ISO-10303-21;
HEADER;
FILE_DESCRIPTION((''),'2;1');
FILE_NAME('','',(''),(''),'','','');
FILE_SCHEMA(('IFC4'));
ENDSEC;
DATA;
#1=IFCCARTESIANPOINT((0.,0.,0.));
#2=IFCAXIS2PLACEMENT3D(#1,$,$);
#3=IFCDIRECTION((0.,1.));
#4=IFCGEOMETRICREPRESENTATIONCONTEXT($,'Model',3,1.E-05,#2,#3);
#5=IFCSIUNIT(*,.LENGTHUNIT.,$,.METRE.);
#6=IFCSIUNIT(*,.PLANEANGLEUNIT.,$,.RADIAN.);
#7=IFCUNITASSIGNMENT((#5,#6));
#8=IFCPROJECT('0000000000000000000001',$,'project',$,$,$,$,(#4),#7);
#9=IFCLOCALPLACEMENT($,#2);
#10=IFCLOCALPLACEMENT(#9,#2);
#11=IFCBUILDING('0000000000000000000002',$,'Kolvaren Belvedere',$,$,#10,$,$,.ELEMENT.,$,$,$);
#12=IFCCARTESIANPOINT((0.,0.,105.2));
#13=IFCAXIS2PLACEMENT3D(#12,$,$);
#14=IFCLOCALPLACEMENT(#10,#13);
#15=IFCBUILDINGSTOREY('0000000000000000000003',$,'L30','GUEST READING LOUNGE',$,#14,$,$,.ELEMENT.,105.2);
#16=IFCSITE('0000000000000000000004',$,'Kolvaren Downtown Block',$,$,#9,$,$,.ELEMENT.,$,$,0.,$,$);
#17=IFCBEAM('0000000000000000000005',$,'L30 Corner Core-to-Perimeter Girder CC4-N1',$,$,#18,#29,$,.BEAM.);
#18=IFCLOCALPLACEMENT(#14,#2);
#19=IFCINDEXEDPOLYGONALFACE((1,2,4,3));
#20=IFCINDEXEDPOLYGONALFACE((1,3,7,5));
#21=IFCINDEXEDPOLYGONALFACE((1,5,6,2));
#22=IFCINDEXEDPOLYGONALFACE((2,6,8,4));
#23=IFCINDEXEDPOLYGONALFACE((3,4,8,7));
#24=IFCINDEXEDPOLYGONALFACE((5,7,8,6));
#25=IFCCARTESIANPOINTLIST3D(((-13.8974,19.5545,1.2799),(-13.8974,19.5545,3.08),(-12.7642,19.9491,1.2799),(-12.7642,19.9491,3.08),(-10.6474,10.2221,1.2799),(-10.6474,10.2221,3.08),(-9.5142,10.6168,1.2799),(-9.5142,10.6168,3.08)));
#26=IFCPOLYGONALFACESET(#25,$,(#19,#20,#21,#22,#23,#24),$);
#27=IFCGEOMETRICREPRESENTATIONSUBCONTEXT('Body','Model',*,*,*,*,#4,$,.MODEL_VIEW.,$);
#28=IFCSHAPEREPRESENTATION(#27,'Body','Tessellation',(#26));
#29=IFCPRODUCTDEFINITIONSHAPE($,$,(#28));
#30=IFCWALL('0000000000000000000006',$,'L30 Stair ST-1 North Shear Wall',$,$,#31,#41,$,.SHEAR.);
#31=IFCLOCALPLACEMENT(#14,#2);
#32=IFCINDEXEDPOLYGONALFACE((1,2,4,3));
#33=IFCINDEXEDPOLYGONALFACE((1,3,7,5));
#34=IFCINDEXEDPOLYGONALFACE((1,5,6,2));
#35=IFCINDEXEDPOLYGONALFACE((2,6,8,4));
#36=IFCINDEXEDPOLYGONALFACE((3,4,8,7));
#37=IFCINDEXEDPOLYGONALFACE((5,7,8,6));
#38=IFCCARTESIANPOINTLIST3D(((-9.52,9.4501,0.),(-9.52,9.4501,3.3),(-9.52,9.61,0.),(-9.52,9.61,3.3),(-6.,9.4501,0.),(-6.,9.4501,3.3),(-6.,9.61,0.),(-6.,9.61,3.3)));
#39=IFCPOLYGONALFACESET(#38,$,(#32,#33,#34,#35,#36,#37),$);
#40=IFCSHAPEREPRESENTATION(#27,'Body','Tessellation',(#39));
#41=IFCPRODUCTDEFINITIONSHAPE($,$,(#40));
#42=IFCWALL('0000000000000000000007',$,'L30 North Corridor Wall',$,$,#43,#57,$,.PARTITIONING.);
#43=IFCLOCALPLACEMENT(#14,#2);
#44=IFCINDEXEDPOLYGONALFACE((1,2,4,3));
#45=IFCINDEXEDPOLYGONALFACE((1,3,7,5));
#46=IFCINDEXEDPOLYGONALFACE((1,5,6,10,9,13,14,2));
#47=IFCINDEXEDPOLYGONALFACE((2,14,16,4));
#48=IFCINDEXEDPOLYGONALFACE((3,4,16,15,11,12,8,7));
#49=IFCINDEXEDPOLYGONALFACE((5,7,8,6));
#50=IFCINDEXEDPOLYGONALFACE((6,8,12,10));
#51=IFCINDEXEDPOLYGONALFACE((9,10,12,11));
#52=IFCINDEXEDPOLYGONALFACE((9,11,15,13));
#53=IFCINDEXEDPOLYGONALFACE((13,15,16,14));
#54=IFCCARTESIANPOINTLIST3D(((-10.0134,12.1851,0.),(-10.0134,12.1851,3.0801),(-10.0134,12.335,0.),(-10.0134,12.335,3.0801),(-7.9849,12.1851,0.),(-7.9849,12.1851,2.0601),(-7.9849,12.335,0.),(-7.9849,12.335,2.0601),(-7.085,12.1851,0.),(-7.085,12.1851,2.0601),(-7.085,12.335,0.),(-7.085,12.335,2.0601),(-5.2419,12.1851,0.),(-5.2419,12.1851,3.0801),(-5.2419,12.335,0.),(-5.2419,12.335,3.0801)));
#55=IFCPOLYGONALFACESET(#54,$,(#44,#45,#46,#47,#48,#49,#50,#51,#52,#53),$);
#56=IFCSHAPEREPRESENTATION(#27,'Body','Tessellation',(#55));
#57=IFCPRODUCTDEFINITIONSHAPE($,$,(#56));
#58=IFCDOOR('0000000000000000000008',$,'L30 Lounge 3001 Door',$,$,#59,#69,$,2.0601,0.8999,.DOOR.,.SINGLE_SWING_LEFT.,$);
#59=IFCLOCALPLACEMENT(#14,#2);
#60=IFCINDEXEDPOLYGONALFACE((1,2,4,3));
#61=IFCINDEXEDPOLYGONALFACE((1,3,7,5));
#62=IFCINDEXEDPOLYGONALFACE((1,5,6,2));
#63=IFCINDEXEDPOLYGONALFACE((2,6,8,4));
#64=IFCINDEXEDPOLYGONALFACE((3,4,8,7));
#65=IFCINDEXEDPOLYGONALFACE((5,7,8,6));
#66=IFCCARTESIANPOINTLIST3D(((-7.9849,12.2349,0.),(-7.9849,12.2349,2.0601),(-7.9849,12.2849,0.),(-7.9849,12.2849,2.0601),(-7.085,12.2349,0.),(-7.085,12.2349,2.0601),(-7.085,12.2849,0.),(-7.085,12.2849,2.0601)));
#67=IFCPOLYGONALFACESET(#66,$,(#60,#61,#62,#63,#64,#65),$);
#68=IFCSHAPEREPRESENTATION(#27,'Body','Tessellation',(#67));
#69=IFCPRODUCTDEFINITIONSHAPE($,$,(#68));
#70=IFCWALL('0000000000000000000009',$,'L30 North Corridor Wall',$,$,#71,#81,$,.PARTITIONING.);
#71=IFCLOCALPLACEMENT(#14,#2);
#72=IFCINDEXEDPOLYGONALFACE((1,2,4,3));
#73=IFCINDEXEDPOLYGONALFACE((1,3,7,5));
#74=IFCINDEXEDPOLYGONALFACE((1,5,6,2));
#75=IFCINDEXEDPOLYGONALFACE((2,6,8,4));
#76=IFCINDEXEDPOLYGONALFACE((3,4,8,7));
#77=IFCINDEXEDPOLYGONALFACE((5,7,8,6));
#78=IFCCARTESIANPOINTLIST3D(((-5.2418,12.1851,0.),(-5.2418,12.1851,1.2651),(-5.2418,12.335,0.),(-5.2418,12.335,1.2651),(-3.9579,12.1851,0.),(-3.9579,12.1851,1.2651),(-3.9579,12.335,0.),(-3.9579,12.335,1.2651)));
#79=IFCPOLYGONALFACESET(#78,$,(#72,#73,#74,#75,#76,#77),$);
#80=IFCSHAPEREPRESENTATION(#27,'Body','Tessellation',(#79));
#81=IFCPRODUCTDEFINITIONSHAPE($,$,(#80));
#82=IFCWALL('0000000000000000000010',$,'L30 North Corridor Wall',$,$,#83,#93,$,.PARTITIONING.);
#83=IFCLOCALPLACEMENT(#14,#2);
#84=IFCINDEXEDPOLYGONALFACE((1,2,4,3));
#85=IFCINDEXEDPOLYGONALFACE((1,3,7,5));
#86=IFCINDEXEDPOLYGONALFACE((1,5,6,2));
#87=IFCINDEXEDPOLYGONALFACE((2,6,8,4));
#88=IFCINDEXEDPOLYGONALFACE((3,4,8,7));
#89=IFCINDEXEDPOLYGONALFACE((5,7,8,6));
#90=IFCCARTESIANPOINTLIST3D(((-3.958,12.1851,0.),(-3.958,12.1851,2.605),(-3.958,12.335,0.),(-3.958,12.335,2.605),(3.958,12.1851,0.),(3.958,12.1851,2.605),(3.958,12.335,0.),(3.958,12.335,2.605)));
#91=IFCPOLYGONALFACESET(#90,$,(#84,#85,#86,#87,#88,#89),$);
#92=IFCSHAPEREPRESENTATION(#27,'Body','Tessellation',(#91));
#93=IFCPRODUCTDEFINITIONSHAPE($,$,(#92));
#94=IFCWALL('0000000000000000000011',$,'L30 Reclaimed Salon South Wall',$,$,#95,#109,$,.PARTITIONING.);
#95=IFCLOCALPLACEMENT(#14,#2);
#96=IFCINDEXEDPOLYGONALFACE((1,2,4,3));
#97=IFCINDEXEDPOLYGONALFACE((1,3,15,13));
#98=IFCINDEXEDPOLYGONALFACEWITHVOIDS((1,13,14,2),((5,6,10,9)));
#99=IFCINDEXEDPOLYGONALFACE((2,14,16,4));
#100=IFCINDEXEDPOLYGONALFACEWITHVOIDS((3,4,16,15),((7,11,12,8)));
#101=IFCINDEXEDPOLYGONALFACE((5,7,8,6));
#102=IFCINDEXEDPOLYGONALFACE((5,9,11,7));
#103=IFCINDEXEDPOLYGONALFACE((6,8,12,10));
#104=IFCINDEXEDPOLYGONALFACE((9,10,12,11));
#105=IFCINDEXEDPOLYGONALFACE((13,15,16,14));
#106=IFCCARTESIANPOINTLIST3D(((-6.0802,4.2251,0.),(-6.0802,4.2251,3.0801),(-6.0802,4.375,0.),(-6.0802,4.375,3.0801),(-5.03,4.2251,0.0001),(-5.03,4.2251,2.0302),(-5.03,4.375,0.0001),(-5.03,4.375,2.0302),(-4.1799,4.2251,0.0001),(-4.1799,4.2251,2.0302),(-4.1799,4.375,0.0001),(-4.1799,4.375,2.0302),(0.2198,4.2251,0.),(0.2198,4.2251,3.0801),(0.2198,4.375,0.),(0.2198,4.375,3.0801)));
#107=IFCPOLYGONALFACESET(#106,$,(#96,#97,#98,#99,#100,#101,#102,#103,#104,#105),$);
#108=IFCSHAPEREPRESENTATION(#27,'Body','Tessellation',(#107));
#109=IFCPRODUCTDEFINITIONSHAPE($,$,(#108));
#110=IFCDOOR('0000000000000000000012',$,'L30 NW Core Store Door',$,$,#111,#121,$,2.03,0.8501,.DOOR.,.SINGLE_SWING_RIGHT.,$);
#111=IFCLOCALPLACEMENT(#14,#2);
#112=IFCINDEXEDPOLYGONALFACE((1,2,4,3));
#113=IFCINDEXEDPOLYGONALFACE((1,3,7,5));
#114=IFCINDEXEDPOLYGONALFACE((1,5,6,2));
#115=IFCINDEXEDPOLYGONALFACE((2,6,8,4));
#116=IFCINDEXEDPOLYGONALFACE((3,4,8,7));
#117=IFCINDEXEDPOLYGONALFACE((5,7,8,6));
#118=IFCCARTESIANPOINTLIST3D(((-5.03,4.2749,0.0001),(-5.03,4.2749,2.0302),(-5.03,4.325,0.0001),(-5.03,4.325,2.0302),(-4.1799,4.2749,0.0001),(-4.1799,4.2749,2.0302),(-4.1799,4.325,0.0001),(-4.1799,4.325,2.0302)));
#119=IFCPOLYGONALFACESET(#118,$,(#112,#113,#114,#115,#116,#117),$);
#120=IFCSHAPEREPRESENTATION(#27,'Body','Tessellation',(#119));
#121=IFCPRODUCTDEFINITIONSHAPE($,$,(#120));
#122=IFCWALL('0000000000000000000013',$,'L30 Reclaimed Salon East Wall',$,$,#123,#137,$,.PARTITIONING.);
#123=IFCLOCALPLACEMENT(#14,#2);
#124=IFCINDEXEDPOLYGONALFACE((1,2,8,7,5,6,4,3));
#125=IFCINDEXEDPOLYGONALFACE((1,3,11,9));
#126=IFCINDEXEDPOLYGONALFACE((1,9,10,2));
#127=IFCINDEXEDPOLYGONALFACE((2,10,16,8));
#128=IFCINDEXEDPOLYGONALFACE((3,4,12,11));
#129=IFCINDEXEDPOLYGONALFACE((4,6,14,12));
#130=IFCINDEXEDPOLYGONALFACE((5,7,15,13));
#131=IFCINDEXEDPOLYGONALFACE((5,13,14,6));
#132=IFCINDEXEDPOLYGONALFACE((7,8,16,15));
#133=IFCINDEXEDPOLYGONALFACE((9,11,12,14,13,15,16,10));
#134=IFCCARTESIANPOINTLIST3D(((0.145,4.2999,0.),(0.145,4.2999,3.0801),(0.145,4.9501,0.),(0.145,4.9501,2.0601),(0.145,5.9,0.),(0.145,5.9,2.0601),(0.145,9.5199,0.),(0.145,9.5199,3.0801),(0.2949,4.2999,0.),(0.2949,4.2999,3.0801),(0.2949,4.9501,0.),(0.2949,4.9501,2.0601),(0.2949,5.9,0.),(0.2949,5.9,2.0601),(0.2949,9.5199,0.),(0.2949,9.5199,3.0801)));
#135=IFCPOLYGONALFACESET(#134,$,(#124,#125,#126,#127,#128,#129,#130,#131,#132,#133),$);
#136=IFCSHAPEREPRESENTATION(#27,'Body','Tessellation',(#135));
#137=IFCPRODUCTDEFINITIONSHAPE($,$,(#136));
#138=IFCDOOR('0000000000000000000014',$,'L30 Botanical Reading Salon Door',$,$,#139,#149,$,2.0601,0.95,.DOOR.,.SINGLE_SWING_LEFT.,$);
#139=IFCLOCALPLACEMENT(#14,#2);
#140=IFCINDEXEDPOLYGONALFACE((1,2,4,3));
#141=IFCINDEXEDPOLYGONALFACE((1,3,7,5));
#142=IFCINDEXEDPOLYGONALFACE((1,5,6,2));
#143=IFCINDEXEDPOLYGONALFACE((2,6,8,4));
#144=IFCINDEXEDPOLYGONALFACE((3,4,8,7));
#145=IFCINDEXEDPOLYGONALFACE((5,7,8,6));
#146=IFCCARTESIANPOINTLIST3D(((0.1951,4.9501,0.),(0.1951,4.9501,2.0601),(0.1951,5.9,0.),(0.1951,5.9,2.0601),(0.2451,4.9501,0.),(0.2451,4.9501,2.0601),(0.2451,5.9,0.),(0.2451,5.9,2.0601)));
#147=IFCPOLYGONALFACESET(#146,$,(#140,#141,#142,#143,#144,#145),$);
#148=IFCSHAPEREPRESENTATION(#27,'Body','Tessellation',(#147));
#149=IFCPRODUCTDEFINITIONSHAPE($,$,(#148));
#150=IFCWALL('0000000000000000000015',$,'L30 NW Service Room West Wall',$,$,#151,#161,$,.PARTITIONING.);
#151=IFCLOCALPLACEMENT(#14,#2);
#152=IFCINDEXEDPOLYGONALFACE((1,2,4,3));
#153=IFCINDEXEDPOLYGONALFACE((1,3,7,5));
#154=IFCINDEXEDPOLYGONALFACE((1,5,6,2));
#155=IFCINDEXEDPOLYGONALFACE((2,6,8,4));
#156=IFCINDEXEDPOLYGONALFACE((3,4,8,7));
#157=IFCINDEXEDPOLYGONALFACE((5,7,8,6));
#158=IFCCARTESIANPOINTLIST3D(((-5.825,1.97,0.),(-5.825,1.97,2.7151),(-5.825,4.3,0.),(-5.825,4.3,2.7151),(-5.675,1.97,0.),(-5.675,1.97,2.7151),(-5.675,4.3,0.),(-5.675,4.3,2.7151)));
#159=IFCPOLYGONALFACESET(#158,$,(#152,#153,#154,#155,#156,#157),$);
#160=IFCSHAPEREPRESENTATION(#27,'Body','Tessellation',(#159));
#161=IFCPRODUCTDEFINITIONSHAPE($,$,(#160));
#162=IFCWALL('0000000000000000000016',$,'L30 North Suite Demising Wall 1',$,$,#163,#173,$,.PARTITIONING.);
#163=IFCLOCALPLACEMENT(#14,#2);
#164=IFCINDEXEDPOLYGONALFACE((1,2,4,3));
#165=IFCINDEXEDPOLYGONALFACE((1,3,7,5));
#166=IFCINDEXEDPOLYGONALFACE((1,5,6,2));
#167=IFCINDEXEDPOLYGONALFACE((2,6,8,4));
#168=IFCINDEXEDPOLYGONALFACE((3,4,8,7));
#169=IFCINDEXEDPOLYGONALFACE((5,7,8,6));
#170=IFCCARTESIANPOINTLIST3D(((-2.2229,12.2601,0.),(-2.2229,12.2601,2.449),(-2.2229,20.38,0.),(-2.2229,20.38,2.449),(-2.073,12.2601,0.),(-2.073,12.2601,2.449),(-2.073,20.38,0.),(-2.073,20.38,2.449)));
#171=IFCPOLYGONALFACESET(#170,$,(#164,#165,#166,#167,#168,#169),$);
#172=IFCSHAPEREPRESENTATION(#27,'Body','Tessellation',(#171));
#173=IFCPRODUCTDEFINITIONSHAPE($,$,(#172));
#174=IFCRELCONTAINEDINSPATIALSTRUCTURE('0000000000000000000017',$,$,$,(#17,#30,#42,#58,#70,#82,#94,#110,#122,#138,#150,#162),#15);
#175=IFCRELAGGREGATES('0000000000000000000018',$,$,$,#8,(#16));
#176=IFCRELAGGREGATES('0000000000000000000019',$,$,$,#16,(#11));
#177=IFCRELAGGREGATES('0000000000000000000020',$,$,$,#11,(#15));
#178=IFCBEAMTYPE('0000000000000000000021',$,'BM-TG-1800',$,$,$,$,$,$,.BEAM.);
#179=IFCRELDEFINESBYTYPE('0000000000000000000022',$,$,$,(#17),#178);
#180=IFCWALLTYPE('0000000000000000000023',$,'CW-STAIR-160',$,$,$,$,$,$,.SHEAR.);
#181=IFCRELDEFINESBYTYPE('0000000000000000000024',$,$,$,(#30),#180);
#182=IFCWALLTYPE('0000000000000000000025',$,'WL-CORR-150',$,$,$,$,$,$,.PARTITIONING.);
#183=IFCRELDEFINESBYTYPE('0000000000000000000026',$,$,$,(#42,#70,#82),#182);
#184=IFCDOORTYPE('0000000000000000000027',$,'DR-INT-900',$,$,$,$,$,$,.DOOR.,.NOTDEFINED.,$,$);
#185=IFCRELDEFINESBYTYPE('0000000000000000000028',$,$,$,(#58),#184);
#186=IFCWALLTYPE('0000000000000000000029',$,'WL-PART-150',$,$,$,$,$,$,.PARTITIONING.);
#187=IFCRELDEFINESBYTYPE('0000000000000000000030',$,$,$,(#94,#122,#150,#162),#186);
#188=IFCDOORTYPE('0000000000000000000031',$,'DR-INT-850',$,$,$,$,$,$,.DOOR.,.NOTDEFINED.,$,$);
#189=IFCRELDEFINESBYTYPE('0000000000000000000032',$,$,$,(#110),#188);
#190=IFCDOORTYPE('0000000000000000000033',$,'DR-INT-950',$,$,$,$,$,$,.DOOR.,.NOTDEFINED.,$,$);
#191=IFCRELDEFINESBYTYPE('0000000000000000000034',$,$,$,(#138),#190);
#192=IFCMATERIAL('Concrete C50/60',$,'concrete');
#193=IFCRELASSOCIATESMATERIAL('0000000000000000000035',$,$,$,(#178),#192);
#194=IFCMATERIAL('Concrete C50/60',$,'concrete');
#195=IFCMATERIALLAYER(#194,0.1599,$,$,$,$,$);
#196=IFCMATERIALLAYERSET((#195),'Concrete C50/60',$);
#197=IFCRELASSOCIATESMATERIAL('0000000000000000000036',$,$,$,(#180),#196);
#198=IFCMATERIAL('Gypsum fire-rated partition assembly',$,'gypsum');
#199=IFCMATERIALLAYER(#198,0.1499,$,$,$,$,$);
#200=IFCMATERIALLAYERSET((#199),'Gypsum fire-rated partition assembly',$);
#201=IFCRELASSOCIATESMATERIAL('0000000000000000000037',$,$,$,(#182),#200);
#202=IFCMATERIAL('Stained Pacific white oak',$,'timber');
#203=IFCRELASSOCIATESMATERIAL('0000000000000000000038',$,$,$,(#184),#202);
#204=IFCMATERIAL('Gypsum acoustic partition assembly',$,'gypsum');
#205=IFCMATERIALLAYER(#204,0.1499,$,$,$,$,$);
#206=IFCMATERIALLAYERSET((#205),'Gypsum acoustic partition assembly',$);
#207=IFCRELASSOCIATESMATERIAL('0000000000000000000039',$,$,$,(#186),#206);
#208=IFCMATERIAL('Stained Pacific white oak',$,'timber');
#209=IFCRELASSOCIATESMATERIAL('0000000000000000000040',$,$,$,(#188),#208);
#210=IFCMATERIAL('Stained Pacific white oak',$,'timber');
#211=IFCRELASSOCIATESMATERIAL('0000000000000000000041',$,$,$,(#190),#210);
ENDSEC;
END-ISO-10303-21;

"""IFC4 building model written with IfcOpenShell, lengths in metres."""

from ifc_helpers import new_model, si_unit, direction, frame, frame_2d, origin, origin_2d, place, context, subcontext, project, spatial, rectangle, extrude, material, layer, layer_set, material_profile, profile_set, type_object, element, fill, save


model = new_model("IFC4")

# Units and contexts
model_context = context("Model", 3, precision=1e-05, world=origin(), true_north=direction((0.0, 1.0)))
body_context = subcontext(model_context, "Body", "Model", "MODEL_VIEW")
ifc_project = project(units=[si_unit("LENGTHUNIT", "METRE"), si_unit("PLANEANGLEUNIT", "RADIAN")], contexts=[model_context])

# Site, building, storey
site_placement = place(None, origin())
site = spatial("IfcSite", under=ifc_project, at=site_placement, Name="Kolvaren Downtown Block", CompositionType="ELEMENT", RefElevation=0.0)
building_placement = place(site_placement, origin())
building = spatial("IfcBuilding", under=site, at=building_placement, Name="Kolvaren Belvedere", CompositionType="ELEMENT")
storey_placement = place(building_placement, frame((0.0, 0.0, 105.2)))
storey = spatial("IfcBuildingStorey", under=building, at=storey_placement, Name="L30", Description="GUEST READING LOUNGE", CompositionType="ELEMENT", Elevation=105.2)

# Beam
ifc_material_1 = material(Name="Concrete C50/60", Category="concrete")
ifc_material_profile_1 = material_profile(ifc_material_1, rectangle(XDim=1.2, YDim=1.8, at=origin_2d()), Name="RC 1200X1800")
ifc_profile_set_1 = profile_set([ifc_material_profile_1], Name="Concrete C50/60")
beam_type_1 = type_object("IfcBeamType", Name="BM-TG-1800", PredefinedType="BEAM", material=ifc_profile_set_1)
beam_1_placement = place(storey_placement, frame((-10.0808, 10.4194, 2.1799), z_axis=(-0.328881, 0.944371, 0.0), x_axis=(-0.944371, -0.328881, 0.0)))
element("IfcBeam", 1, at=beam_1_placement, inside=storey, type_object=beam_type_1, Name="L30 Corner Core-to-Perimeter Girder CC4-N1", PredefinedType="BEAM", context=body_context, shape_type="SweptSolid", body=[
    extrude(rectangle(XDim=1.2, YDim=1.8, at=origin_2d()), origin(), (0.0, 0.0, 1.0), 9.8821),
])

# Wall
ifc_material_2 = material(Name="Concrete C50/60", Category="concrete")
ifc_layer_1 = layer(ifc_material_2, 0.1599)
ifc_layer_set_1 = layer_set([ifc_layer_1], Name="Concrete C50/60")
wall_type_1 = type_object("IfcWallType", Name="CW-STAIR-160", PredefinedType="SHEAR", material=ifc_layer_set_1)
wall_1_placement = place(storey_placement, frame((-9.52, 9.53, 0.0), z_axis=(0.0, 0.0, 1.0), x_axis=(1.0, 0.0, 0.0)))
element("IfcWall", 2, at=wall_1_placement, inside=storey, type_object=wall_type_1, Name="L30 Stair ST-1 North Shear Wall", PredefinedType="SHEAR", context=body_context, shape_type="SweptSolid", body=[
    extrude(rectangle(XDim=3.52, YDim=0.1599, at=frame_2d((1.76, 0.0))), origin(), (0.0, 0.0, 1.0), 3.3),
])

# Wall, opening, door
ifc_material_3 = material(Name="Gypsum fire-rated partition assembly", Category="gypsum")
ifc_layer_2 = layer(ifc_material_3, 0.1499)
ifc_layer_set_2 = layer_set([ifc_layer_2], Name="Gypsum fire-rated partition assembly")
wall_type_2 = type_object("IfcWallType", Name="WL-CORR-150", PredefinedType="PARTITIONING", material=ifc_layer_set_2)
wall_2_placement = place(storey_placement, frame((-10.0134, 12.26, 0.0), z_axis=(0.0, 0.0, 1.0), x_axis=(1.0, 0.0, 0.0)))
wall_2 = element("IfcWall", 3, at=wall_2_placement, inside=storey, type_object=wall_type_2, Name="L30 North Corridor Wall", PredefinedType="PARTITIONING", context=body_context, shape_type="SweptSolid", body=[
    extrude(rectangle(XDim=4.7715, YDim=0.1499, at=frame_2d((2.3857, 0.0))), origin(), (0.0, 0.0, 1.0), 3.0801),
])
opening_1_placement = place(wall_2_placement, frame((2.0286, 0.0, 0.0)))
opening_1 = element("IfcOpeningElement", 4, at=opening_1_placement, cuts=wall_2, PredefinedType="OPENING", context=body_context, shape_type="SweptSolid", body=[
    extrude(rectangle(XDim=0.8999, YDim=2.0601, at=frame_2d((0.45, 1.03))), frame((0.0, 0.085, 0.0), z_axis=(0.0, -1.0, 0.0), x_axis=(1.0, 0.0, 0.0)), (0.0, 0.0, 1.0), 0.1699),
])
ifc_material_4 = material(Name="Stained Pacific white oak", Category="timber")
door_type_1 = type_object("IfcDoorType", Name="DR-INT-900", OperationType="NOTDEFINED", PredefinedType="DOOR", material=ifc_material_4)
door_1_placement = place(opening_1_placement, origin())
door_1 = element("IfcDoor", 5, at=door_1_placement, inside=storey, type_object=door_type_1, Name="L30 Lounge 3001 Door", OperationType="SINGLE_SWING_LEFT", OverallHeight=2.0601, OverallWidth=0.8999, PredefinedType="DOOR", context=body_context, shape_type="SweptSolid", body=[
    extrude(rectangle(XDim=0.8999, YDim=2.0601, at=frame_2d((0.45, 1.03))), frame((0.0, 0.0249, 0.0), z_axis=(0.0, -1.0, 0.0), x_axis=(1.0, 0.0, 0.0)), (0.0, 0.0, 1.0), 0.05),
])
fill(opening_1, door_1)

# Walls
wall_3_placement = place(storey_placement, frame((-5.2419, 12.26, 0.0), z_axis=(0.0, 0.0, 1.0), x_axis=(1.0, 0.0, 0.0)))
element("IfcWall", 6, at=wall_3_placement, inside=storey, type_object=wall_type_2, Name="L30 North Corridor Wall", PredefinedType="PARTITIONING", context=body_context, shape_type="SweptSolid", body=[
    extrude(rectangle(XDim=1.2839, YDim=0.1499, at=frame_2d((0.6421, 0.0))), origin(), (0.0, 0.0, 1.0), 1.2651),
])
wall_4_placement = place(storey_placement, frame((-3.958, 12.26, 0.0), z_axis=(0.0, 0.0, 1.0), x_axis=(1.0, 0.0, 0.0)))
element("IfcWall", 7, at=wall_4_placement, inside=storey, type_object=wall_type_2, Name="L30 North Corridor Wall", PredefinedType="PARTITIONING", context=body_context, shape_type="SweptSolid", body=[
    extrude(rectangle(XDim=7.916, YDim=0.1499, at=frame_2d((3.958, 0.0))), origin(), (0.0, 0.0, 1.0), 2.605),
])

# Walls, openings, doors
ifc_material_5 = material(Name="Gypsum acoustic partition assembly", Category="gypsum")
ifc_layer_3 = layer(ifc_material_5, 0.1499)
ifc_layer_set_3 = layer_set([ifc_layer_3], Name="Gypsum acoustic partition assembly")
wall_type_3 = type_object("IfcWallType", Name="WL-PART-150", PredefinedType="PARTITIONING", material=ifc_layer_set_3)
wall_5_placement = place(storey_placement, frame((-6.0801, 4.3, 0.0), z_axis=(0.0, 0.0, 1.0), x_axis=(1.0, 0.0, 0.0)))
wall_5 = element("IfcWall", 8, at=wall_5_placement, inside=storey, type_object=wall_type_3, Name="L30 Reclaimed Salon South Wall", PredefinedType="PARTITIONING", context=body_context, shape_type="SweptSolid", body=[
    extrude(rectangle(XDim=6.3, YDim=0.1499, at=frame_2d((3.1499, 0.0))), origin(), (0.0, 0.0, 1.0), 3.0801),
])
opening_2_placement = place(wall_5_placement, frame((1.05, 0.0, 0.0)))
opening_2 = element("IfcOpeningElement", 9, at=opening_2_placement, cuts=wall_5, PredefinedType="OPENING", context=body_context, shape_type="SweptSolid", body=[
    extrude(rectangle(XDim=0.8501, YDim=2.03, at=frame_2d((0.425, 1.0151))), frame((0.0, 0.085, 0.0), z_axis=(0.0, -1.0, 0.0), x_axis=(1.0, 0.0, 0.0)), (0.0, 0.0, 1.0), 0.1699),
])
ifc_material_6 = material(Name="Stained Pacific white oak", Category="timber")
door_type_2 = type_object("IfcDoorType", Name="DR-INT-850", OperationType="NOTDEFINED", PredefinedType="DOOR", material=ifc_material_6)
door_2_placement = place(opening_2_placement, origin())
door_2 = element("IfcDoor", 10, at=door_2_placement, inside=storey, type_object=door_type_2, Name="L30 NW Core Store Door", OperationType="SINGLE_SWING_RIGHT", OverallHeight=2.03, OverallWidth=0.8501, PredefinedType="DOOR", context=body_context, shape_type="SweptSolid", body=[
    extrude(rectangle(XDim=0.8501, YDim=2.03, at=frame_2d((0.425, 1.0151))), frame((0.0, 0.0249, 0.0), z_axis=(0.0, -1.0, 0.0), x_axis=(1.0, 0.0, 0.0)), (0.0, 0.0, 1.0), 0.05),
])
fill(opening_2, door_2)
wall_6_placement = place(storey_placement, frame((0.22, 4.3, 0.0), z_axis=(0.0, 0.0, 1.0), x_axis=(0.0, 1.0, 0.0)))
wall_6 = element("IfcWall", 11, at=wall_6_placement, inside=storey, type_object=wall_type_3, Name="L30 Reclaimed Salon East Wall", PredefinedType="PARTITIONING", context=body_context, shape_type="SweptSolid", body=[
    extrude(rectangle(XDim=5.22, YDim=0.1499, at=frame_2d((2.6099, 0.0))), origin(), (0.0, 0.0, 1.0), 3.0801),
])
opening_3_placement = place(wall_6_placement, frame((0.6499, 0.0, 0.0)))
opening_3 = element("IfcOpeningElement", 12, at=opening_3_placement, cuts=wall_6, PredefinedType="OPENING", context=body_context, shape_type="SweptSolid", body=[
    extrude(rectangle(XDim=0.95, YDim=2.0601, at=frame_2d((0.4751, 1.03))), frame((0.0, 0.085, 0.0), z_axis=(0.0, -1.0, 0.0), x_axis=(1.0, 0.0, 0.0)), (0.0, 0.0, 1.0), 0.1699),
])
ifc_material_7 = material(Name="Stained Pacific white oak", Category="timber")
door_type_3 = type_object("IfcDoorType", Name="DR-INT-950", OperationType="NOTDEFINED", PredefinedType="DOOR", material=ifc_material_7)
door_3_placement = place(opening_3_placement, origin())
door_3 = element("IfcDoor", 13, at=door_3_placement, inside=storey, type_object=door_type_3, Name="L30 Botanical Reading Salon Door", OperationType="SINGLE_SWING_LEFT", OverallHeight=2.0601, OverallWidth=0.95, PredefinedType="DOOR", context=body_context, shape_type="SweptSolid", body=[
    extrude(rectangle(XDim=0.95, YDim=2.0601, at=frame_2d((0.4751, 1.03))), frame((0.0, 0.0249, 0.0), z_axis=(0.0, -1.0, 0.0), x_axis=(1.0, 0.0, 0.0)), (0.0, 0.0, 1.0), 0.05),
])
fill(opening_3, door_3)

# Walls
wall_7_placement = place(storey_placement, frame((-5.75, 1.97, 0.0), z_axis=(0.0, 0.0, 1.0), x_axis=(0.0, 1.0, 0.0)))
element("IfcWall", 14, at=wall_7_placement, inside=storey, type_object=wall_type_3, Name="L30 NW Service Room West Wall", PredefinedType="PARTITIONING", context=body_context, shape_type="SweptSolid", body=[
    extrude(rectangle(XDim=2.3301, YDim=0.1499, at=frame_2d((1.165, 0.0))), origin(), (0.0, 0.0, 1.0), 2.7151),
])
wall_8_placement = place(storey_placement, frame((-2.1479, 12.26, 0.0), z_axis=(0.0, 0.0, 1.0), x_axis=(0.0, 1.0, 0.0)))
element("IfcWall", 15, at=wall_8_placement, inside=storey, type_object=wall_type_3, Name="L30 North Suite Demising Wall 1", PredefinedType="PARTITIONING", context=body_context, shape_type="SweptSolid", body=[
    extrude(rectangle(XDim=8.1199, YDim=0.1499, at=frame_2d((4.0601, 0.0))), origin(), (0.0, 0.0, 1.0), 2.449),
])

save(model, "model.ifc")
